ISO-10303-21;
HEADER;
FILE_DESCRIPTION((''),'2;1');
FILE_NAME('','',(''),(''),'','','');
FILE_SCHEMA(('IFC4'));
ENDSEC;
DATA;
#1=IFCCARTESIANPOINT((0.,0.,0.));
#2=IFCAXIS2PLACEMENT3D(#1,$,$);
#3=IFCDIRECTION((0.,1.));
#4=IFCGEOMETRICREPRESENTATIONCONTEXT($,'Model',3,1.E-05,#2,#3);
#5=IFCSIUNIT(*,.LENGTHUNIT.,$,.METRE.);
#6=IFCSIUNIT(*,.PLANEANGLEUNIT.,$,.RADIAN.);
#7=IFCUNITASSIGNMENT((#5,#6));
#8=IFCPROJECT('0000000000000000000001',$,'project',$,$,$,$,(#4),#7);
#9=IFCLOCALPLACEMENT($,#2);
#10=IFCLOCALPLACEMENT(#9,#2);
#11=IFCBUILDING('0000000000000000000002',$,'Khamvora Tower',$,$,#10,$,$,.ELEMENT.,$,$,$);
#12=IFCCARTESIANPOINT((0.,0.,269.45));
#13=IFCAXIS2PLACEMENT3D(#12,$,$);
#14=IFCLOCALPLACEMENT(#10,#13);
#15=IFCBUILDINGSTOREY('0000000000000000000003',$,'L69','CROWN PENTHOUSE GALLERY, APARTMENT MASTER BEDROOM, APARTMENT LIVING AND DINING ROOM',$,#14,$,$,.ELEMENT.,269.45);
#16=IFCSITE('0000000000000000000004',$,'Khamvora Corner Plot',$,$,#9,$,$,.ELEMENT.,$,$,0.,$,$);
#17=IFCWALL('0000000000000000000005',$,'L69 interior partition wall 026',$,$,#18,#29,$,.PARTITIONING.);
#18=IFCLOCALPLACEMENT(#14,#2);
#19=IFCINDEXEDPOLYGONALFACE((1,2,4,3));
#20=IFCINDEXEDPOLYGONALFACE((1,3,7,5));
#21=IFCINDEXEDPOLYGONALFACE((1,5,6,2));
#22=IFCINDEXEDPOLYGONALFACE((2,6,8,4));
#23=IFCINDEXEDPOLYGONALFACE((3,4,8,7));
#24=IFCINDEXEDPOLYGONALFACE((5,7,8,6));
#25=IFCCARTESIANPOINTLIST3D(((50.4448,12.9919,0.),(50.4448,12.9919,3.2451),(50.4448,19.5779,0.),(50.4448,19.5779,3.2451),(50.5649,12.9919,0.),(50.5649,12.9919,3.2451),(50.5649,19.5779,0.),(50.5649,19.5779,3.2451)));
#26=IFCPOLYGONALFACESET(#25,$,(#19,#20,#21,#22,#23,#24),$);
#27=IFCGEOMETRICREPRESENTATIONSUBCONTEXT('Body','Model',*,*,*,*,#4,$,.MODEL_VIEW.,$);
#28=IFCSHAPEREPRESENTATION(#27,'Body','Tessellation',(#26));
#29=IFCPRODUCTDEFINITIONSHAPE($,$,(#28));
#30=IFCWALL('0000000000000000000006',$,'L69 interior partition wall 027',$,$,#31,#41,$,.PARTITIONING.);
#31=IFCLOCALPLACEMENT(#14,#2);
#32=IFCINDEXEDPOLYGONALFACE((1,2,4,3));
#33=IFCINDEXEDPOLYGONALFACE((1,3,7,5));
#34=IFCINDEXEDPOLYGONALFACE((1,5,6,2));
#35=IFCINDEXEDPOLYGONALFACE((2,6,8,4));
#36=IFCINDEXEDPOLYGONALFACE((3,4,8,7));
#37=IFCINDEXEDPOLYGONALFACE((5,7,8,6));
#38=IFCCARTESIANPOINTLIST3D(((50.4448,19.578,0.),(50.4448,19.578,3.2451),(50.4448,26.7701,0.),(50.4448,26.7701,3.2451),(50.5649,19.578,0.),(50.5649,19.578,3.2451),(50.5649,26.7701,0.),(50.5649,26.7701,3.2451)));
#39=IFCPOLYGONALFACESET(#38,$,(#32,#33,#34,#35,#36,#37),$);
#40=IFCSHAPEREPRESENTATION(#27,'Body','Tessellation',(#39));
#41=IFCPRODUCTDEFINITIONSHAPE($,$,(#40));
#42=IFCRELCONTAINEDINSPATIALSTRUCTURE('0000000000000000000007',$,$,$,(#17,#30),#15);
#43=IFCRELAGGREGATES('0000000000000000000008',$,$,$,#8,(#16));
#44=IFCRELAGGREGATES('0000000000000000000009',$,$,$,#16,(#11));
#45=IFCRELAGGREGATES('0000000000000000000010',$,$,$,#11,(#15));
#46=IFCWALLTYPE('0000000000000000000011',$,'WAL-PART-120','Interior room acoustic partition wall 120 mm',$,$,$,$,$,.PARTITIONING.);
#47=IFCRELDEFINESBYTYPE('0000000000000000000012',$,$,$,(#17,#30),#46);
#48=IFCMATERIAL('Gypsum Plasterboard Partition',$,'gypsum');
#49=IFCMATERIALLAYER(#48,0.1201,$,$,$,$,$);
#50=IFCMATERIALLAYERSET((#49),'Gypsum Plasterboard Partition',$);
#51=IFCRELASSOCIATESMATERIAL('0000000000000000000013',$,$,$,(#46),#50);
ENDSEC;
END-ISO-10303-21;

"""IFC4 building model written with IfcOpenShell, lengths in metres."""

from ifc_helpers import new_model, si_unit, direction, frame, frame_2d, origin, place, context, subcontext, project, spatial, rectangle, extrude, material, layer, layer_set, type_object, element, save


model = new_model("IFC4")

# Units and contexts
model_context = context("Model", 3, precision=1e-05, world=origin(), true_north=direction((0.0, 1.0)))
body_context = subcontext(model_context, "Body", "Model", "MODEL_VIEW")
ifc_project = project(units=[si_unit("LENGTHUNIT", "METRE"), si_unit("PLANEANGLEUNIT", "RADIAN")], contexts=[model_context])

# Site, building, storey
site_placement = place(None, origin())
site = spatial("IfcSite", under=ifc_project, at=site_placement, Name="Khamvora Corner Plot", CompositionType="ELEMENT", RefElevation=0.0)
building_placement = place(site_placement, origin())
building = spatial("IfcBuilding", under=site, at=building_placement, Name="Khamvora Tower", CompositionType="ELEMENT")
storey_placement = place(building_placement, frame((0.0, 0.0, 269.45)))
storey = spatial("IfcBuildingStorey", under=building, at=storey_placement, Name="L69", Description="CROWN PENTHOUSE GALLERY, APARTMENT MASTER BEDROOM, APARTMENT LIVING AND DINING ROOM", CompositionType="ELEMENT", Elevation=269.45)

# Walls
ifc_material_1 = material(Name="Gypsum Plasterboard Partition", Category="gypsum")
ifc_layer_1 = layer(ifc_material_1, 0.1201)
ifc_layer_set_1 = layer_set([ifc_layer_1], Name="Gypsum Plasterboard Partition")
wall_type_1 = type_object("IfcWallType", Name="WAL-PART-120", Description="Interior room acoustic partition wall 120 mm", PredefinedType="PARTITIONING", material=ifc_layer_set_1)
wall_1_placement = place(storey_placement, frame((50.5049, 12.9919, 0.0), z_axis=(0.0, 0.0, 1.0), x_axis=(0.0, 1.0, 0.0)))
element("IfcWall", 1, at=wall_1_placement, inside=storey, type_object=wall_type_1, Name="L69 interior partition wall 026", PredefinedType="PARTITIONING", context=body_context, shape_type="SweptSolid", body=[
    extrude(rectangle(XDim=6.5859, YDim=0.1201, at=frame_2d((3.293, 0.0))), origin(), (0.0, 0.0, 1.0), 3.2451),
])
wall_2_placement = place(storey_placement, frame((50.5049, 19.5779, 0.0), z_axis=(0.0, 0.0, 1.0), x_axis=(0.0, 1.0, 0.0)))
element("IfcWall", 2, at=wall_2_placement, inside=storey, type_object=wall_type_1, Name="L69 interior partition wall 027", PredefinedType="PARTITIONING", context=body_context, shape_type="SweptSolid", body=[
    extrude(rectangle(XDim=7.1921, YDim=0.1201, at=frame_2d((3.5962, 0.0))), origin(), (0.0, 0.0, 1.0), 3.2451),
])

save(model, "model.ifc")
